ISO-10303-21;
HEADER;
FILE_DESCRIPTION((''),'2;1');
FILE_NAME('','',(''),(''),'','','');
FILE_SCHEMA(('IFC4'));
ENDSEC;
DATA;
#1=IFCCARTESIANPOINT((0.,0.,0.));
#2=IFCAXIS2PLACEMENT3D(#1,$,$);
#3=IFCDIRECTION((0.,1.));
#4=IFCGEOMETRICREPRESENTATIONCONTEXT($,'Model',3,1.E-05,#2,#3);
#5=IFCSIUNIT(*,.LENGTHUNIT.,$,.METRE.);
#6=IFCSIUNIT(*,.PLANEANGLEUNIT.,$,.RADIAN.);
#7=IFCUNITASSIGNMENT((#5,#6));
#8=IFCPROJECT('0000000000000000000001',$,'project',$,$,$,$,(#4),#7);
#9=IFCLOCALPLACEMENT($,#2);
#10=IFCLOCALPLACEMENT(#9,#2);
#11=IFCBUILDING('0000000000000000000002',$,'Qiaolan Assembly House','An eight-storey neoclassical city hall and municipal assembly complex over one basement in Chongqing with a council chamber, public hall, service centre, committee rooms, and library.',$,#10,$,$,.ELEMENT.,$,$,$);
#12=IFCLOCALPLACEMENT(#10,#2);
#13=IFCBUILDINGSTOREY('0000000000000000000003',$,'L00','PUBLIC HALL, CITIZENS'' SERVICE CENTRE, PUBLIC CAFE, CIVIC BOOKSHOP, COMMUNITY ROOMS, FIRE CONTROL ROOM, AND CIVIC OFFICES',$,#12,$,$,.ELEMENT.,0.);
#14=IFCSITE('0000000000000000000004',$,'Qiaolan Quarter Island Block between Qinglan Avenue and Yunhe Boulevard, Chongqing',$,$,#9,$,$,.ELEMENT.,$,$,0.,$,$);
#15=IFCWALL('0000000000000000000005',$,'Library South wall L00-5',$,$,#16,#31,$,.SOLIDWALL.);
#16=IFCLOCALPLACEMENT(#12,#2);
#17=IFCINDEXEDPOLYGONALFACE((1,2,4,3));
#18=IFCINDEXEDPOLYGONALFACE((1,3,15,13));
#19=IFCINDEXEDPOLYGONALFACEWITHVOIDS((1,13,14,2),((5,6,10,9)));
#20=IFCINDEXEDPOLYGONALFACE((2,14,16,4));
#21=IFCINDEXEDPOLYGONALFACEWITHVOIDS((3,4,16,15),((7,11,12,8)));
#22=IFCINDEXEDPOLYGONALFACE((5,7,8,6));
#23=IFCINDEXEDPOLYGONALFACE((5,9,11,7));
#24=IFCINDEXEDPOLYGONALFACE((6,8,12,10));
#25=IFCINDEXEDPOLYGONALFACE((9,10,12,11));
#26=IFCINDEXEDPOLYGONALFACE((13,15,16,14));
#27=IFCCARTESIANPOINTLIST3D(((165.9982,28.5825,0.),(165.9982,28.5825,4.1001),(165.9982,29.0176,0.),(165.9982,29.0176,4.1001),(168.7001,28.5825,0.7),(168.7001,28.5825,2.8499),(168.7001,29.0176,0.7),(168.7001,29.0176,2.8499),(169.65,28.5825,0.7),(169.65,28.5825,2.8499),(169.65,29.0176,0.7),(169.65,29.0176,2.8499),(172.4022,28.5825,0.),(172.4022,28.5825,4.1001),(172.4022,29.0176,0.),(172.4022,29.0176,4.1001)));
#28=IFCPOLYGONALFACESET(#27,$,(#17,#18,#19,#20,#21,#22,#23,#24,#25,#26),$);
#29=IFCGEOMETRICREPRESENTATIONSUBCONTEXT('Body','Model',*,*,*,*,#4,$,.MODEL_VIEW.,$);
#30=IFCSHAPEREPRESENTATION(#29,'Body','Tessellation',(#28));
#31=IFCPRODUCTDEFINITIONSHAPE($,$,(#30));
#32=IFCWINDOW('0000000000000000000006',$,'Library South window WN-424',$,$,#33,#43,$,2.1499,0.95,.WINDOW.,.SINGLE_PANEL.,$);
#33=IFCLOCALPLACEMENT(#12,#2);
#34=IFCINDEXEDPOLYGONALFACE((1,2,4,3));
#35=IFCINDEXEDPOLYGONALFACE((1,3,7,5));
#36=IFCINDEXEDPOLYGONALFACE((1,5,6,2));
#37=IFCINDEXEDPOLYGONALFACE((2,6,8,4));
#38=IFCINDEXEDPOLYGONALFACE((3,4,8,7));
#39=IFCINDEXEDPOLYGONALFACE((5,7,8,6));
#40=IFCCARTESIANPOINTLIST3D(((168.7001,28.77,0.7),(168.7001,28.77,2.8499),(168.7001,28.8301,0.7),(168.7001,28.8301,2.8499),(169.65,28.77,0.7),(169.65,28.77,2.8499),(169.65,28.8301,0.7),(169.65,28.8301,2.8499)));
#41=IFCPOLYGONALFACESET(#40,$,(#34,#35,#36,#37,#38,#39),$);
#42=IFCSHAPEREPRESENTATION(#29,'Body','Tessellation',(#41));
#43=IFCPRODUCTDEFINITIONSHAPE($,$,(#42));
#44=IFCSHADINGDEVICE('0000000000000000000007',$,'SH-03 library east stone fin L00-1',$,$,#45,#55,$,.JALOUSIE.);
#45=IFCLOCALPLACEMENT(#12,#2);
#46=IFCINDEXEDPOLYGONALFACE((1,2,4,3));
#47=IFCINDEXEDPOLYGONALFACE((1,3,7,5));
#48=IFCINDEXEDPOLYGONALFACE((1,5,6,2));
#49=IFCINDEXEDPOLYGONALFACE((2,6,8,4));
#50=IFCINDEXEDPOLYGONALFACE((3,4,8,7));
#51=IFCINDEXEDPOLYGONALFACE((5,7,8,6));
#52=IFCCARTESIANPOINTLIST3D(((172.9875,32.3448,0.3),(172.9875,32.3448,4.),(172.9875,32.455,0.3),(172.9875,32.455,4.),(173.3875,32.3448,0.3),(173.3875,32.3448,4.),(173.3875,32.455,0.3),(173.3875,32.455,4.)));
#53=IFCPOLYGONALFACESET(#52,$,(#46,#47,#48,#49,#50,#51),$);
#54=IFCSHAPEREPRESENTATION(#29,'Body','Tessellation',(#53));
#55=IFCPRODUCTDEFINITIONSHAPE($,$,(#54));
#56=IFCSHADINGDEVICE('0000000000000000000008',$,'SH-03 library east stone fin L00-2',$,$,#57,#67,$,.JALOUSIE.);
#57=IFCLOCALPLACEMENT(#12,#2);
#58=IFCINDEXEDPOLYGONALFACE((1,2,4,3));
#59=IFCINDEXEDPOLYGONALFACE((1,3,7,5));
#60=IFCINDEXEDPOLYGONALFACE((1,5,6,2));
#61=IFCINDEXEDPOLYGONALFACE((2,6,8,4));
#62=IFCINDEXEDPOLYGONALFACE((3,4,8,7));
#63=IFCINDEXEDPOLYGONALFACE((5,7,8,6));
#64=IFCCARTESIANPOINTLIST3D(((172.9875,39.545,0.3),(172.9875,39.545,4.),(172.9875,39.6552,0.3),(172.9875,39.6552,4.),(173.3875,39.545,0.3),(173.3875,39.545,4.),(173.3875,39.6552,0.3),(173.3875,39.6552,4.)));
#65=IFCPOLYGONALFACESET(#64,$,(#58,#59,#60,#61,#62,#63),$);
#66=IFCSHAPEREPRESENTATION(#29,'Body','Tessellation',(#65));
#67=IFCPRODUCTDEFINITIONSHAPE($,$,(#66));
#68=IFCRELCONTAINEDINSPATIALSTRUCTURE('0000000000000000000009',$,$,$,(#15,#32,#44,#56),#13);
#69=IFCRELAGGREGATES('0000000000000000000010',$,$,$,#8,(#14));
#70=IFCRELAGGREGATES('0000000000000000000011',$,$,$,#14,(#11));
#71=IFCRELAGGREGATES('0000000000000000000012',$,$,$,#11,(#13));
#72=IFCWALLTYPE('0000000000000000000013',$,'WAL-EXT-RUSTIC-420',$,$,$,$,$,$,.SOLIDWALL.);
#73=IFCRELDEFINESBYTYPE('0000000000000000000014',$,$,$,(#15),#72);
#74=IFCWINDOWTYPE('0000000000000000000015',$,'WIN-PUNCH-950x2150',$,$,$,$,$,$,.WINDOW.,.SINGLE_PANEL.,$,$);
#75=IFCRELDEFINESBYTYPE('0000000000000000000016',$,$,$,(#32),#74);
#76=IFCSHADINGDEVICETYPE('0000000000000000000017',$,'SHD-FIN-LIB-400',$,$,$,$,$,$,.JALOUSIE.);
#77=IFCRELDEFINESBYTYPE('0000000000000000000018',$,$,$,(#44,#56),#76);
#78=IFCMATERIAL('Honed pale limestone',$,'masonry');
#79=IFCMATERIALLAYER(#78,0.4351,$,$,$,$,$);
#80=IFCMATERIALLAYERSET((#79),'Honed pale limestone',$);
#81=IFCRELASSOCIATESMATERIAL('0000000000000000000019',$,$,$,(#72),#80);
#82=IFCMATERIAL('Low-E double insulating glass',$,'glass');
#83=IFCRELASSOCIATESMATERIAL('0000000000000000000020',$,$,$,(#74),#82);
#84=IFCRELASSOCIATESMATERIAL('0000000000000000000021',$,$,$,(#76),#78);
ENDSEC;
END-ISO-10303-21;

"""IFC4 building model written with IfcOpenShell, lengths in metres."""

from ifc_helpers import new_model, si_unit, direction, frame, frame_2d, origin, origin_2d, place, context, subcontext, project, spatial, rectangle, extrude, material, layer, layer_set, material_profile, profile_set, type_object, element, fill, save


model = new_model("IFC4")

# Units and contexts
model_context = context("Model", 3, precision=1e-05, world=origin(), true_north=direction((0.0, 1.0)))
body_context = subcontext(model_context, "Body", "Model", "MODEL_VIEW")
ifc_project = project(units=[si_unit("LENGTHUNIT", "METRE"), si_unit("PLANEANGLEUNIT", "RADIAN")], contexts=[model_context])

# Site, building, storey
site_placement = place(None, origin())
site = spatial("IfcSite", under=ifc_project, at=site_placement, Name="Qiaolan Quarter Island Block between Qinglan Avenue and Yunhe Boulevard, Chongqing", CompositionType="ELEMENT", RefElevation=0.0)
building_placement = place(site_placement, origin())
building = spatial("IfcBuilding", under=site, at=building_placement, Name="Qiaolan Assembly House", Description="An eight-storey neoclassical city hall and municipal assembly complex over one basement in Chongqing with a council chamber, public hall, service centre, committee rooms, and library.", CompositionType="ELEMENT")
storey_placement = place(building_placement, origin())
storey = spatial("IfcBuildingStorey", under=building, at=storey_placement, Name="L00", Description="PUBLIC HALL, CITIZENS' SERVICE CENTRE, PUBLIC CAFE, CIVIC BOOKSHOP, COMMUNITY ROOMS, FIRE CONTROL ROOM, AND CIVIC OFFICES", CompositionType="ELEMENT", Elevation=0.0)

# Shared definitions
ifc_material_1 = material(Name="Honed pale limestone", Category="masonry")
ifc_layer = layer(ifc_material_1, 0.4351)
ifc_layer_set = layer_set([ifc_layer], Name="Honed pale limestone")
wall_type = type_object("IfcWallType", Name="WAL-EXT-RUSTIC-420", PredefinedType="SOLIDWALL", material=ifc_layer_set)
ifc_material_2 = material(Name="Low-E double insulating glass", Category="glass")

# Wall, opening, window
wall_1_placement = place(storey_placement, frame((165.998, 28.8, 0.0), z_axis=(0.0, 0.0, 1.0), x_axis=(1.0, 0.0, 0.0)))
wall_1 = element("IfcWall", 1, at=wall_1_placement, inside=storey, type_object=wall_type, Name="Library South wall L00-5", PredefinedType="SOLIDWALL", context=body_context, shape_type="SweptSolid", body=[
    extrude(rectangle(XDim=6.4041, YDim=0.4351, at=frame_2d((3.2021, 0.0))), origin(), (0.0, 0.0, 1.0), 4.1001),
])
opening_1_placement = place(wall_1_placement, frame((2.7019, 0.0, 0.7)))
opening_1 = element("IfcOpeningElement", 2, at=opening_1_placement, cuts=wall_1, PredefinedType="OPENING", context=body_context, shape_type="SweptSolid", body=[
    extrude(rectangle(XDim=0.95, YDim=2.1499, at=frame_2d((0.4751, 1.075))), frame((0.0, 0.2275, 0.0), z_axis=(0.0, -1.0, 0.0), x_axis=(1.0, 0.0, 0.0)), (0.0, 0.0, 1.0), 0.4551),
])
window_type_1 = type_object("IfcWindowType", Name="WIN-PUNCH-950x2150", PartitioningType="SINGLE_PANEL", PredefinedType="WINDOW", material=ifc_material_2)
window_1_placement = place(opening_1_placement, origin())
window_1 = element("IfcWindow", 3, at=window_1_placement, inside=storey, type_object=window_type_1, Name="Library South window WN-424", OverallHeight=2.1499, OverallWidth=0.95, PartitioningType="SINGLE_PANEL", PredefinedType="WINDOW", context=body_context, shape_type="SweptSolid", body=[
    extrude(rectangle(XDim=0.95, YDim=2.1499, at=frame_2d((0.4751, 1.075))), frame((0.0, 0.03, 0.0), z_axis=(0.0, -1.0, 0.0), x_axis=(1.0, 0.0, 0.0)), (0.0, 0.0, 1.0), 0.0601),
])
fill(opening_1, window_1)

# Shading devices
ifc_material_profile_1 = material_profile(ifc_material_1, rectangle(XDim=0.1101, YDim=0.3999, at=origin_2d()), Name="FIN 110x400")
ifc_profile_set_1 = profile_set([ifc_material_profile_1], Name="Honed pale limestone")
shading_device_type = type_object("IfcShadingDeviceType", Name="SHD-FIN-LIB-400", PredefinedType="JALOUSIE", material=ifc_profile_set_1)
for number, where, z_axis, x_axis, name in (
    (4, (173.1875, 32.3999, 0.3), (0.0, 0.0, 1.0), (0.0, 1.0, 0.0), "SH-03 library east stone fin L00-1"),
    (5, (173.1875, 39.6001, 0.3), (0.0, 0.0, 1.0), (0.0, 1.0, 0.0), "SH-03 library east stone fin L00-2"),
):
    element("IfcShadingDevice", number, at=place(storey_placement, frame(where, z_axis=z_axis, x_axis=x_axis)), inside=storey, type_object=shading_device_type, Name=name, PredefinedType="JALOUSIE", context=body_context, shape_type="SweptSolid", body=[
        extrude(rectangle(XDim=0.1101, YDim=0.3999, at=origin_2d()), origin(), (0.0, 0.0, 1.0), 3.7),
    ])

save(model, "model.ifc")
